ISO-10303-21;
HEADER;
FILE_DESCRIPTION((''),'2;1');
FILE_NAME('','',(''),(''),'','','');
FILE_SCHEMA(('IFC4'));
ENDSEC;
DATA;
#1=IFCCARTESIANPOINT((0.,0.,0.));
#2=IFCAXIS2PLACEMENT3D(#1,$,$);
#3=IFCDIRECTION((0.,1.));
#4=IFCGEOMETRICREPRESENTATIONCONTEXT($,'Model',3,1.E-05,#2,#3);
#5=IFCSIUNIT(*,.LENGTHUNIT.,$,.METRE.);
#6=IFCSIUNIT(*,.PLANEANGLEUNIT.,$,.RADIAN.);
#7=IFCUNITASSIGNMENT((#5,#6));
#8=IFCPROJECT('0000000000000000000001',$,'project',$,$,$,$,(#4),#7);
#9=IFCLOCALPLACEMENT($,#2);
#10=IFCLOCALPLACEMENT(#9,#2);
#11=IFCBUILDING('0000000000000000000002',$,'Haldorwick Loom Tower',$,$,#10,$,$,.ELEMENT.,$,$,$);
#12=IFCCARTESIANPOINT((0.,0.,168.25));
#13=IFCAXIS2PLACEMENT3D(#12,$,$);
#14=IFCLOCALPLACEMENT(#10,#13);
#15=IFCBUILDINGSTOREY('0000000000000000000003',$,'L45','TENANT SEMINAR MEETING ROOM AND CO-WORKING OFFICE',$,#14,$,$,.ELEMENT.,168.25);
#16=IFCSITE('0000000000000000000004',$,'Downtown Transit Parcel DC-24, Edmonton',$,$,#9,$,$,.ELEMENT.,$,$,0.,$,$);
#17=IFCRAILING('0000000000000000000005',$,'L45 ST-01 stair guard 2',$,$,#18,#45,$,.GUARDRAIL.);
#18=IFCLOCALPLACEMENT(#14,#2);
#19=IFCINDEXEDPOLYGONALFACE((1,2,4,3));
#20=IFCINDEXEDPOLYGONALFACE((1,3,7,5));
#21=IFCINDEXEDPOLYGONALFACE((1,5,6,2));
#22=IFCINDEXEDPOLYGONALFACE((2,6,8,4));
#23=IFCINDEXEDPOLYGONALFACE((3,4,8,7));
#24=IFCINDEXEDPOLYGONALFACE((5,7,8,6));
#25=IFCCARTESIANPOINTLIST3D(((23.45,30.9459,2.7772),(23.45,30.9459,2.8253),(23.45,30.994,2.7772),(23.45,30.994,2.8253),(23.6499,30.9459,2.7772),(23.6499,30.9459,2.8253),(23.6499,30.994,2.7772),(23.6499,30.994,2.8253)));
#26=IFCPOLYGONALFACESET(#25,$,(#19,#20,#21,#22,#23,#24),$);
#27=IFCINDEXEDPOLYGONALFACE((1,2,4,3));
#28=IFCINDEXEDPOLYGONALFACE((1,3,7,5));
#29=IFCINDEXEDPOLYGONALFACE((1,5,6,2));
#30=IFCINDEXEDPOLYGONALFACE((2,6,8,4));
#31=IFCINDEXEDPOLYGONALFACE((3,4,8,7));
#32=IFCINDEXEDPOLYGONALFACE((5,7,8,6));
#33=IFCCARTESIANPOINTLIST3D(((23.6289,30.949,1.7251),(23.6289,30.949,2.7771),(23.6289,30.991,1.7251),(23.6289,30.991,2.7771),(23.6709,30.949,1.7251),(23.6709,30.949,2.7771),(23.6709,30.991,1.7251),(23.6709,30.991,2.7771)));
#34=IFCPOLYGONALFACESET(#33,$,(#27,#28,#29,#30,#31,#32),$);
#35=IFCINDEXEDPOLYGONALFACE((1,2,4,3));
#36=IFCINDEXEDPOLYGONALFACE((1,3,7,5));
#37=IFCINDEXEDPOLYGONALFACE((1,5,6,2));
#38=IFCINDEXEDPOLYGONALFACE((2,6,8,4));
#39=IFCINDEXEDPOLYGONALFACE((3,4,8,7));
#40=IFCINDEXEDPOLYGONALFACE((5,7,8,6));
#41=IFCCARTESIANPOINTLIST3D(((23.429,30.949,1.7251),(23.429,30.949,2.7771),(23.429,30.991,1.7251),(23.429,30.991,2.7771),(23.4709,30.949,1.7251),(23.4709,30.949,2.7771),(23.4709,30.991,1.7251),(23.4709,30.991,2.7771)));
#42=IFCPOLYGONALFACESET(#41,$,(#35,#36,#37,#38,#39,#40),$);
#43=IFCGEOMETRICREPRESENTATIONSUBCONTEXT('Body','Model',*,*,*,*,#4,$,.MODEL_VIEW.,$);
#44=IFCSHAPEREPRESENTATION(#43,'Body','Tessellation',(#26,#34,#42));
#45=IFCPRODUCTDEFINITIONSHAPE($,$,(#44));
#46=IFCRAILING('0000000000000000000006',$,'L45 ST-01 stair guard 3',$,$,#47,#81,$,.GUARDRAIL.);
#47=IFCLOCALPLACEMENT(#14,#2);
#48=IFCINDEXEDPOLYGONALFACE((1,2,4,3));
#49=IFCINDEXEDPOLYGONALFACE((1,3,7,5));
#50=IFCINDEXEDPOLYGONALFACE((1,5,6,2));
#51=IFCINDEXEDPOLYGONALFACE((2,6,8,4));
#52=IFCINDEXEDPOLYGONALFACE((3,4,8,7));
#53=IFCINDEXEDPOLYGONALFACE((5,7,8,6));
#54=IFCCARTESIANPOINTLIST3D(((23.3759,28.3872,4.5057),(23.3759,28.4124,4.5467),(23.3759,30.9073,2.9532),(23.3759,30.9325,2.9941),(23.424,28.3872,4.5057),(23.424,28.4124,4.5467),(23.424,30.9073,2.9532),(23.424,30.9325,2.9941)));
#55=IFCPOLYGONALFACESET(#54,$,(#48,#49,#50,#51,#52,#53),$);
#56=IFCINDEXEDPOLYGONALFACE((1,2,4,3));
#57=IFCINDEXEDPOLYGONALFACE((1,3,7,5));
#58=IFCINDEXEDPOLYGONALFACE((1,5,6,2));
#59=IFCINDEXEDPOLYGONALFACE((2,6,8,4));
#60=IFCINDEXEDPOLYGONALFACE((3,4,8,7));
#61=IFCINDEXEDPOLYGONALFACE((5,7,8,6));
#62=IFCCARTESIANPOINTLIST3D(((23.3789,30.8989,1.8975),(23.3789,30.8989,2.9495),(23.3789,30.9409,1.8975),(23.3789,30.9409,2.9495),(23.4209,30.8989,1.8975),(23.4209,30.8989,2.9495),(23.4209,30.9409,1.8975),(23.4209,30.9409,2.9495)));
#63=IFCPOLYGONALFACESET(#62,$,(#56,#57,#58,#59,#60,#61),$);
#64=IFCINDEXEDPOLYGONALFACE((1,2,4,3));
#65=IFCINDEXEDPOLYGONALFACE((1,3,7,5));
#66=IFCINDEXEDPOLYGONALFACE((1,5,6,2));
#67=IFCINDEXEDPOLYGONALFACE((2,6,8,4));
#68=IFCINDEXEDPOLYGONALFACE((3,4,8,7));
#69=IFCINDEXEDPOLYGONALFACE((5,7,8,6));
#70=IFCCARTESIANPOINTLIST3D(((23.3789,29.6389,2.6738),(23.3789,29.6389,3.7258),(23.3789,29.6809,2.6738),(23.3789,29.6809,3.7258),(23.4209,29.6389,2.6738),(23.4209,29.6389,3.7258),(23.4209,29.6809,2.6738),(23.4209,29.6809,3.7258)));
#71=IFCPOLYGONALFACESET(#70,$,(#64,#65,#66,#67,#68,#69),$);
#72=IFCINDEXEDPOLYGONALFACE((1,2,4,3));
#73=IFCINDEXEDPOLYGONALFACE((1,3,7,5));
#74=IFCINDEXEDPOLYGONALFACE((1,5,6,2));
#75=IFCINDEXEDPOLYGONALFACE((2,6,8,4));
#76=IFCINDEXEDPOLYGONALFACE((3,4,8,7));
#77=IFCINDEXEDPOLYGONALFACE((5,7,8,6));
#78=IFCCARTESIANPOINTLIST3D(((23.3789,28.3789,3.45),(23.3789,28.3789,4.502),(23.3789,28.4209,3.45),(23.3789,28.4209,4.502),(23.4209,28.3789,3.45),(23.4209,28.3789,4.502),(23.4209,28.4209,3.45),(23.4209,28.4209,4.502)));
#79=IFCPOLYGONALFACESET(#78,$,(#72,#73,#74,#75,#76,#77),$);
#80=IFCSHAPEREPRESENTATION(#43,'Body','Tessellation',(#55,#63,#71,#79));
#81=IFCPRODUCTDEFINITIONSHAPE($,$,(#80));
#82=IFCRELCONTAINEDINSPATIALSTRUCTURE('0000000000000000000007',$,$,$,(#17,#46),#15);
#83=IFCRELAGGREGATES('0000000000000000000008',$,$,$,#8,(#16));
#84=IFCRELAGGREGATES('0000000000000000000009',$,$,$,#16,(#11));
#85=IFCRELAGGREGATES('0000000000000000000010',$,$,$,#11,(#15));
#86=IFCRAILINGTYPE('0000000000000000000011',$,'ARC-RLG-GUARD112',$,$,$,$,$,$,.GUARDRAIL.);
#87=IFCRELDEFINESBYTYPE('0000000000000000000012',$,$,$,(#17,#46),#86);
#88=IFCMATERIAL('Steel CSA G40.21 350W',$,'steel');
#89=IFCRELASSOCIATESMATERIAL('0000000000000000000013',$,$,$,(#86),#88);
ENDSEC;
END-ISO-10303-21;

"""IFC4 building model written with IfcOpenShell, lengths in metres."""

from ifc_helpers import new_model, si_unit, direction, frame, origin, origin_2d, place, context, subcontext, project, spatial, rectangle, extrude, material, type_object, element, save


model = new_model("IFC4")

# Units and contexts
model_context = context("Model", 3, precision=1e-05, world=origin(), true_north=direction((0.0, 1.0)))
body_context = subcontext(model_context, "Body", "Model", "MODEL_VIEW")
ifc_project = project(units=[si_unit("LENGTHUNIT", "METRE"), si_unit("PLANEANGLEUNIT", "RADIAN")], contexts=[model_context])

# Site, building, storey
site_placement = place(None, origin())
site = spatial("IfcSite", under=ifc_project, at=site_placement, Name="Downtown Transit Parcel DC-24, Edmonton", CompositionType="ELEMENT", RefElevation=0.0)
building_placement = place(site_placement, origin())
building = spatial("IfcBuilding", under=site, at=building_placement, Name="Haldorwick Loom Tower", CompositionType="ELEMENT")
storey_placement = place(building_placement, frame((0.0, 0.0, 168.25)))
storey = spatial("IfcBuildingStorey", under=building, at=storey_placement, Name="L45", Description="TENANT SEMINAR MEETING ROOM AND CO-WORKING OFFICE", CompositionType="ELEMENT", Elevation=168.25)

# Shared definitions
ifc_material_1 = material(Name="Steel CSA G40.21 350W", Category="steel")

# Railings
railing_type = type_object("IfcRailingType", Name="ARC-RLG-GUARD112", PredefinedType="GUARDRAIL", material=ifc_material_1)
railing_1_placement = place(storey_placement, frame((23.6499, 30.97, 1.7251)))
element("IfcRailing", 1, at=railing_1_placement, inside=storey, type_object=railing_type, Name="L45 ST-01 stair guard 2", PredefinedType="GUARDRAIL", context=body_context, shape_type="SweptSolid", body=[
    extrude(rectangle(XDim=0.0481, YDim=0.0481, at=origin_2d()), frame((0.0, 0.0, 1.0762), z_axis=(-1.0, 0.0, 0.0), x_axis=(0.0, -1.0, 0.0)), (0.0, 0.0, 1.0), 0.2),
    extrude(rectangle(XDim=0.042, YDim=0.042, at=origin_2d()), origin(), (0.0, 0.0, 1.0), 1.052),
    extrude(rectangle(XDim=0.042, YDim=0.042, at=origin_2d()), frame((-0.2, 0.0, 0.0)), (0.0, 0.0, 1.0), 1.052),
])
railing_2_placement = place(storey_placement, frame((23.3999, 30.9199, 1.8975)))
element("IfcRailing", 2, at=railing_2_placement, inside=storey, type_object=railing_type, Name="L45 ST-01 stair guard 3", PredefinedType="GUARDRAIL", context=body_context, shape_type="SweptSolid", body=[
    extrude(rectangle(XDim=0.0481, YDim=0.0481, at=origin_2d()), frame((0.0, 0.0, 1.0762), z_axis=(0.0, -0.8514, 0.524516), x_axis=(1.0, 0.0, 0.0)), (0.0, 0.0, 1.0), 2.96),
    extrude(rectangle(XDim=0.042, YDim=0.042, at=origin_2d()), origin(), (0.0, 0.0, 1.0), 1.052),
    extrude(rectangle(XDim=0.042, YDim=0.042, at=origin_2d()), frame((0.0, -1.26, 0.7764)), (0.0, 0.0, 1.0), 1.052),
    extrude(rectangle(XDim=0.042, YDim=0.042, at=origin_2d()), frame((0.0, -2.52, 1.5525)), (0.0, 0.0, 1.0), 1.052),
])

save(model, "model.ifc")
